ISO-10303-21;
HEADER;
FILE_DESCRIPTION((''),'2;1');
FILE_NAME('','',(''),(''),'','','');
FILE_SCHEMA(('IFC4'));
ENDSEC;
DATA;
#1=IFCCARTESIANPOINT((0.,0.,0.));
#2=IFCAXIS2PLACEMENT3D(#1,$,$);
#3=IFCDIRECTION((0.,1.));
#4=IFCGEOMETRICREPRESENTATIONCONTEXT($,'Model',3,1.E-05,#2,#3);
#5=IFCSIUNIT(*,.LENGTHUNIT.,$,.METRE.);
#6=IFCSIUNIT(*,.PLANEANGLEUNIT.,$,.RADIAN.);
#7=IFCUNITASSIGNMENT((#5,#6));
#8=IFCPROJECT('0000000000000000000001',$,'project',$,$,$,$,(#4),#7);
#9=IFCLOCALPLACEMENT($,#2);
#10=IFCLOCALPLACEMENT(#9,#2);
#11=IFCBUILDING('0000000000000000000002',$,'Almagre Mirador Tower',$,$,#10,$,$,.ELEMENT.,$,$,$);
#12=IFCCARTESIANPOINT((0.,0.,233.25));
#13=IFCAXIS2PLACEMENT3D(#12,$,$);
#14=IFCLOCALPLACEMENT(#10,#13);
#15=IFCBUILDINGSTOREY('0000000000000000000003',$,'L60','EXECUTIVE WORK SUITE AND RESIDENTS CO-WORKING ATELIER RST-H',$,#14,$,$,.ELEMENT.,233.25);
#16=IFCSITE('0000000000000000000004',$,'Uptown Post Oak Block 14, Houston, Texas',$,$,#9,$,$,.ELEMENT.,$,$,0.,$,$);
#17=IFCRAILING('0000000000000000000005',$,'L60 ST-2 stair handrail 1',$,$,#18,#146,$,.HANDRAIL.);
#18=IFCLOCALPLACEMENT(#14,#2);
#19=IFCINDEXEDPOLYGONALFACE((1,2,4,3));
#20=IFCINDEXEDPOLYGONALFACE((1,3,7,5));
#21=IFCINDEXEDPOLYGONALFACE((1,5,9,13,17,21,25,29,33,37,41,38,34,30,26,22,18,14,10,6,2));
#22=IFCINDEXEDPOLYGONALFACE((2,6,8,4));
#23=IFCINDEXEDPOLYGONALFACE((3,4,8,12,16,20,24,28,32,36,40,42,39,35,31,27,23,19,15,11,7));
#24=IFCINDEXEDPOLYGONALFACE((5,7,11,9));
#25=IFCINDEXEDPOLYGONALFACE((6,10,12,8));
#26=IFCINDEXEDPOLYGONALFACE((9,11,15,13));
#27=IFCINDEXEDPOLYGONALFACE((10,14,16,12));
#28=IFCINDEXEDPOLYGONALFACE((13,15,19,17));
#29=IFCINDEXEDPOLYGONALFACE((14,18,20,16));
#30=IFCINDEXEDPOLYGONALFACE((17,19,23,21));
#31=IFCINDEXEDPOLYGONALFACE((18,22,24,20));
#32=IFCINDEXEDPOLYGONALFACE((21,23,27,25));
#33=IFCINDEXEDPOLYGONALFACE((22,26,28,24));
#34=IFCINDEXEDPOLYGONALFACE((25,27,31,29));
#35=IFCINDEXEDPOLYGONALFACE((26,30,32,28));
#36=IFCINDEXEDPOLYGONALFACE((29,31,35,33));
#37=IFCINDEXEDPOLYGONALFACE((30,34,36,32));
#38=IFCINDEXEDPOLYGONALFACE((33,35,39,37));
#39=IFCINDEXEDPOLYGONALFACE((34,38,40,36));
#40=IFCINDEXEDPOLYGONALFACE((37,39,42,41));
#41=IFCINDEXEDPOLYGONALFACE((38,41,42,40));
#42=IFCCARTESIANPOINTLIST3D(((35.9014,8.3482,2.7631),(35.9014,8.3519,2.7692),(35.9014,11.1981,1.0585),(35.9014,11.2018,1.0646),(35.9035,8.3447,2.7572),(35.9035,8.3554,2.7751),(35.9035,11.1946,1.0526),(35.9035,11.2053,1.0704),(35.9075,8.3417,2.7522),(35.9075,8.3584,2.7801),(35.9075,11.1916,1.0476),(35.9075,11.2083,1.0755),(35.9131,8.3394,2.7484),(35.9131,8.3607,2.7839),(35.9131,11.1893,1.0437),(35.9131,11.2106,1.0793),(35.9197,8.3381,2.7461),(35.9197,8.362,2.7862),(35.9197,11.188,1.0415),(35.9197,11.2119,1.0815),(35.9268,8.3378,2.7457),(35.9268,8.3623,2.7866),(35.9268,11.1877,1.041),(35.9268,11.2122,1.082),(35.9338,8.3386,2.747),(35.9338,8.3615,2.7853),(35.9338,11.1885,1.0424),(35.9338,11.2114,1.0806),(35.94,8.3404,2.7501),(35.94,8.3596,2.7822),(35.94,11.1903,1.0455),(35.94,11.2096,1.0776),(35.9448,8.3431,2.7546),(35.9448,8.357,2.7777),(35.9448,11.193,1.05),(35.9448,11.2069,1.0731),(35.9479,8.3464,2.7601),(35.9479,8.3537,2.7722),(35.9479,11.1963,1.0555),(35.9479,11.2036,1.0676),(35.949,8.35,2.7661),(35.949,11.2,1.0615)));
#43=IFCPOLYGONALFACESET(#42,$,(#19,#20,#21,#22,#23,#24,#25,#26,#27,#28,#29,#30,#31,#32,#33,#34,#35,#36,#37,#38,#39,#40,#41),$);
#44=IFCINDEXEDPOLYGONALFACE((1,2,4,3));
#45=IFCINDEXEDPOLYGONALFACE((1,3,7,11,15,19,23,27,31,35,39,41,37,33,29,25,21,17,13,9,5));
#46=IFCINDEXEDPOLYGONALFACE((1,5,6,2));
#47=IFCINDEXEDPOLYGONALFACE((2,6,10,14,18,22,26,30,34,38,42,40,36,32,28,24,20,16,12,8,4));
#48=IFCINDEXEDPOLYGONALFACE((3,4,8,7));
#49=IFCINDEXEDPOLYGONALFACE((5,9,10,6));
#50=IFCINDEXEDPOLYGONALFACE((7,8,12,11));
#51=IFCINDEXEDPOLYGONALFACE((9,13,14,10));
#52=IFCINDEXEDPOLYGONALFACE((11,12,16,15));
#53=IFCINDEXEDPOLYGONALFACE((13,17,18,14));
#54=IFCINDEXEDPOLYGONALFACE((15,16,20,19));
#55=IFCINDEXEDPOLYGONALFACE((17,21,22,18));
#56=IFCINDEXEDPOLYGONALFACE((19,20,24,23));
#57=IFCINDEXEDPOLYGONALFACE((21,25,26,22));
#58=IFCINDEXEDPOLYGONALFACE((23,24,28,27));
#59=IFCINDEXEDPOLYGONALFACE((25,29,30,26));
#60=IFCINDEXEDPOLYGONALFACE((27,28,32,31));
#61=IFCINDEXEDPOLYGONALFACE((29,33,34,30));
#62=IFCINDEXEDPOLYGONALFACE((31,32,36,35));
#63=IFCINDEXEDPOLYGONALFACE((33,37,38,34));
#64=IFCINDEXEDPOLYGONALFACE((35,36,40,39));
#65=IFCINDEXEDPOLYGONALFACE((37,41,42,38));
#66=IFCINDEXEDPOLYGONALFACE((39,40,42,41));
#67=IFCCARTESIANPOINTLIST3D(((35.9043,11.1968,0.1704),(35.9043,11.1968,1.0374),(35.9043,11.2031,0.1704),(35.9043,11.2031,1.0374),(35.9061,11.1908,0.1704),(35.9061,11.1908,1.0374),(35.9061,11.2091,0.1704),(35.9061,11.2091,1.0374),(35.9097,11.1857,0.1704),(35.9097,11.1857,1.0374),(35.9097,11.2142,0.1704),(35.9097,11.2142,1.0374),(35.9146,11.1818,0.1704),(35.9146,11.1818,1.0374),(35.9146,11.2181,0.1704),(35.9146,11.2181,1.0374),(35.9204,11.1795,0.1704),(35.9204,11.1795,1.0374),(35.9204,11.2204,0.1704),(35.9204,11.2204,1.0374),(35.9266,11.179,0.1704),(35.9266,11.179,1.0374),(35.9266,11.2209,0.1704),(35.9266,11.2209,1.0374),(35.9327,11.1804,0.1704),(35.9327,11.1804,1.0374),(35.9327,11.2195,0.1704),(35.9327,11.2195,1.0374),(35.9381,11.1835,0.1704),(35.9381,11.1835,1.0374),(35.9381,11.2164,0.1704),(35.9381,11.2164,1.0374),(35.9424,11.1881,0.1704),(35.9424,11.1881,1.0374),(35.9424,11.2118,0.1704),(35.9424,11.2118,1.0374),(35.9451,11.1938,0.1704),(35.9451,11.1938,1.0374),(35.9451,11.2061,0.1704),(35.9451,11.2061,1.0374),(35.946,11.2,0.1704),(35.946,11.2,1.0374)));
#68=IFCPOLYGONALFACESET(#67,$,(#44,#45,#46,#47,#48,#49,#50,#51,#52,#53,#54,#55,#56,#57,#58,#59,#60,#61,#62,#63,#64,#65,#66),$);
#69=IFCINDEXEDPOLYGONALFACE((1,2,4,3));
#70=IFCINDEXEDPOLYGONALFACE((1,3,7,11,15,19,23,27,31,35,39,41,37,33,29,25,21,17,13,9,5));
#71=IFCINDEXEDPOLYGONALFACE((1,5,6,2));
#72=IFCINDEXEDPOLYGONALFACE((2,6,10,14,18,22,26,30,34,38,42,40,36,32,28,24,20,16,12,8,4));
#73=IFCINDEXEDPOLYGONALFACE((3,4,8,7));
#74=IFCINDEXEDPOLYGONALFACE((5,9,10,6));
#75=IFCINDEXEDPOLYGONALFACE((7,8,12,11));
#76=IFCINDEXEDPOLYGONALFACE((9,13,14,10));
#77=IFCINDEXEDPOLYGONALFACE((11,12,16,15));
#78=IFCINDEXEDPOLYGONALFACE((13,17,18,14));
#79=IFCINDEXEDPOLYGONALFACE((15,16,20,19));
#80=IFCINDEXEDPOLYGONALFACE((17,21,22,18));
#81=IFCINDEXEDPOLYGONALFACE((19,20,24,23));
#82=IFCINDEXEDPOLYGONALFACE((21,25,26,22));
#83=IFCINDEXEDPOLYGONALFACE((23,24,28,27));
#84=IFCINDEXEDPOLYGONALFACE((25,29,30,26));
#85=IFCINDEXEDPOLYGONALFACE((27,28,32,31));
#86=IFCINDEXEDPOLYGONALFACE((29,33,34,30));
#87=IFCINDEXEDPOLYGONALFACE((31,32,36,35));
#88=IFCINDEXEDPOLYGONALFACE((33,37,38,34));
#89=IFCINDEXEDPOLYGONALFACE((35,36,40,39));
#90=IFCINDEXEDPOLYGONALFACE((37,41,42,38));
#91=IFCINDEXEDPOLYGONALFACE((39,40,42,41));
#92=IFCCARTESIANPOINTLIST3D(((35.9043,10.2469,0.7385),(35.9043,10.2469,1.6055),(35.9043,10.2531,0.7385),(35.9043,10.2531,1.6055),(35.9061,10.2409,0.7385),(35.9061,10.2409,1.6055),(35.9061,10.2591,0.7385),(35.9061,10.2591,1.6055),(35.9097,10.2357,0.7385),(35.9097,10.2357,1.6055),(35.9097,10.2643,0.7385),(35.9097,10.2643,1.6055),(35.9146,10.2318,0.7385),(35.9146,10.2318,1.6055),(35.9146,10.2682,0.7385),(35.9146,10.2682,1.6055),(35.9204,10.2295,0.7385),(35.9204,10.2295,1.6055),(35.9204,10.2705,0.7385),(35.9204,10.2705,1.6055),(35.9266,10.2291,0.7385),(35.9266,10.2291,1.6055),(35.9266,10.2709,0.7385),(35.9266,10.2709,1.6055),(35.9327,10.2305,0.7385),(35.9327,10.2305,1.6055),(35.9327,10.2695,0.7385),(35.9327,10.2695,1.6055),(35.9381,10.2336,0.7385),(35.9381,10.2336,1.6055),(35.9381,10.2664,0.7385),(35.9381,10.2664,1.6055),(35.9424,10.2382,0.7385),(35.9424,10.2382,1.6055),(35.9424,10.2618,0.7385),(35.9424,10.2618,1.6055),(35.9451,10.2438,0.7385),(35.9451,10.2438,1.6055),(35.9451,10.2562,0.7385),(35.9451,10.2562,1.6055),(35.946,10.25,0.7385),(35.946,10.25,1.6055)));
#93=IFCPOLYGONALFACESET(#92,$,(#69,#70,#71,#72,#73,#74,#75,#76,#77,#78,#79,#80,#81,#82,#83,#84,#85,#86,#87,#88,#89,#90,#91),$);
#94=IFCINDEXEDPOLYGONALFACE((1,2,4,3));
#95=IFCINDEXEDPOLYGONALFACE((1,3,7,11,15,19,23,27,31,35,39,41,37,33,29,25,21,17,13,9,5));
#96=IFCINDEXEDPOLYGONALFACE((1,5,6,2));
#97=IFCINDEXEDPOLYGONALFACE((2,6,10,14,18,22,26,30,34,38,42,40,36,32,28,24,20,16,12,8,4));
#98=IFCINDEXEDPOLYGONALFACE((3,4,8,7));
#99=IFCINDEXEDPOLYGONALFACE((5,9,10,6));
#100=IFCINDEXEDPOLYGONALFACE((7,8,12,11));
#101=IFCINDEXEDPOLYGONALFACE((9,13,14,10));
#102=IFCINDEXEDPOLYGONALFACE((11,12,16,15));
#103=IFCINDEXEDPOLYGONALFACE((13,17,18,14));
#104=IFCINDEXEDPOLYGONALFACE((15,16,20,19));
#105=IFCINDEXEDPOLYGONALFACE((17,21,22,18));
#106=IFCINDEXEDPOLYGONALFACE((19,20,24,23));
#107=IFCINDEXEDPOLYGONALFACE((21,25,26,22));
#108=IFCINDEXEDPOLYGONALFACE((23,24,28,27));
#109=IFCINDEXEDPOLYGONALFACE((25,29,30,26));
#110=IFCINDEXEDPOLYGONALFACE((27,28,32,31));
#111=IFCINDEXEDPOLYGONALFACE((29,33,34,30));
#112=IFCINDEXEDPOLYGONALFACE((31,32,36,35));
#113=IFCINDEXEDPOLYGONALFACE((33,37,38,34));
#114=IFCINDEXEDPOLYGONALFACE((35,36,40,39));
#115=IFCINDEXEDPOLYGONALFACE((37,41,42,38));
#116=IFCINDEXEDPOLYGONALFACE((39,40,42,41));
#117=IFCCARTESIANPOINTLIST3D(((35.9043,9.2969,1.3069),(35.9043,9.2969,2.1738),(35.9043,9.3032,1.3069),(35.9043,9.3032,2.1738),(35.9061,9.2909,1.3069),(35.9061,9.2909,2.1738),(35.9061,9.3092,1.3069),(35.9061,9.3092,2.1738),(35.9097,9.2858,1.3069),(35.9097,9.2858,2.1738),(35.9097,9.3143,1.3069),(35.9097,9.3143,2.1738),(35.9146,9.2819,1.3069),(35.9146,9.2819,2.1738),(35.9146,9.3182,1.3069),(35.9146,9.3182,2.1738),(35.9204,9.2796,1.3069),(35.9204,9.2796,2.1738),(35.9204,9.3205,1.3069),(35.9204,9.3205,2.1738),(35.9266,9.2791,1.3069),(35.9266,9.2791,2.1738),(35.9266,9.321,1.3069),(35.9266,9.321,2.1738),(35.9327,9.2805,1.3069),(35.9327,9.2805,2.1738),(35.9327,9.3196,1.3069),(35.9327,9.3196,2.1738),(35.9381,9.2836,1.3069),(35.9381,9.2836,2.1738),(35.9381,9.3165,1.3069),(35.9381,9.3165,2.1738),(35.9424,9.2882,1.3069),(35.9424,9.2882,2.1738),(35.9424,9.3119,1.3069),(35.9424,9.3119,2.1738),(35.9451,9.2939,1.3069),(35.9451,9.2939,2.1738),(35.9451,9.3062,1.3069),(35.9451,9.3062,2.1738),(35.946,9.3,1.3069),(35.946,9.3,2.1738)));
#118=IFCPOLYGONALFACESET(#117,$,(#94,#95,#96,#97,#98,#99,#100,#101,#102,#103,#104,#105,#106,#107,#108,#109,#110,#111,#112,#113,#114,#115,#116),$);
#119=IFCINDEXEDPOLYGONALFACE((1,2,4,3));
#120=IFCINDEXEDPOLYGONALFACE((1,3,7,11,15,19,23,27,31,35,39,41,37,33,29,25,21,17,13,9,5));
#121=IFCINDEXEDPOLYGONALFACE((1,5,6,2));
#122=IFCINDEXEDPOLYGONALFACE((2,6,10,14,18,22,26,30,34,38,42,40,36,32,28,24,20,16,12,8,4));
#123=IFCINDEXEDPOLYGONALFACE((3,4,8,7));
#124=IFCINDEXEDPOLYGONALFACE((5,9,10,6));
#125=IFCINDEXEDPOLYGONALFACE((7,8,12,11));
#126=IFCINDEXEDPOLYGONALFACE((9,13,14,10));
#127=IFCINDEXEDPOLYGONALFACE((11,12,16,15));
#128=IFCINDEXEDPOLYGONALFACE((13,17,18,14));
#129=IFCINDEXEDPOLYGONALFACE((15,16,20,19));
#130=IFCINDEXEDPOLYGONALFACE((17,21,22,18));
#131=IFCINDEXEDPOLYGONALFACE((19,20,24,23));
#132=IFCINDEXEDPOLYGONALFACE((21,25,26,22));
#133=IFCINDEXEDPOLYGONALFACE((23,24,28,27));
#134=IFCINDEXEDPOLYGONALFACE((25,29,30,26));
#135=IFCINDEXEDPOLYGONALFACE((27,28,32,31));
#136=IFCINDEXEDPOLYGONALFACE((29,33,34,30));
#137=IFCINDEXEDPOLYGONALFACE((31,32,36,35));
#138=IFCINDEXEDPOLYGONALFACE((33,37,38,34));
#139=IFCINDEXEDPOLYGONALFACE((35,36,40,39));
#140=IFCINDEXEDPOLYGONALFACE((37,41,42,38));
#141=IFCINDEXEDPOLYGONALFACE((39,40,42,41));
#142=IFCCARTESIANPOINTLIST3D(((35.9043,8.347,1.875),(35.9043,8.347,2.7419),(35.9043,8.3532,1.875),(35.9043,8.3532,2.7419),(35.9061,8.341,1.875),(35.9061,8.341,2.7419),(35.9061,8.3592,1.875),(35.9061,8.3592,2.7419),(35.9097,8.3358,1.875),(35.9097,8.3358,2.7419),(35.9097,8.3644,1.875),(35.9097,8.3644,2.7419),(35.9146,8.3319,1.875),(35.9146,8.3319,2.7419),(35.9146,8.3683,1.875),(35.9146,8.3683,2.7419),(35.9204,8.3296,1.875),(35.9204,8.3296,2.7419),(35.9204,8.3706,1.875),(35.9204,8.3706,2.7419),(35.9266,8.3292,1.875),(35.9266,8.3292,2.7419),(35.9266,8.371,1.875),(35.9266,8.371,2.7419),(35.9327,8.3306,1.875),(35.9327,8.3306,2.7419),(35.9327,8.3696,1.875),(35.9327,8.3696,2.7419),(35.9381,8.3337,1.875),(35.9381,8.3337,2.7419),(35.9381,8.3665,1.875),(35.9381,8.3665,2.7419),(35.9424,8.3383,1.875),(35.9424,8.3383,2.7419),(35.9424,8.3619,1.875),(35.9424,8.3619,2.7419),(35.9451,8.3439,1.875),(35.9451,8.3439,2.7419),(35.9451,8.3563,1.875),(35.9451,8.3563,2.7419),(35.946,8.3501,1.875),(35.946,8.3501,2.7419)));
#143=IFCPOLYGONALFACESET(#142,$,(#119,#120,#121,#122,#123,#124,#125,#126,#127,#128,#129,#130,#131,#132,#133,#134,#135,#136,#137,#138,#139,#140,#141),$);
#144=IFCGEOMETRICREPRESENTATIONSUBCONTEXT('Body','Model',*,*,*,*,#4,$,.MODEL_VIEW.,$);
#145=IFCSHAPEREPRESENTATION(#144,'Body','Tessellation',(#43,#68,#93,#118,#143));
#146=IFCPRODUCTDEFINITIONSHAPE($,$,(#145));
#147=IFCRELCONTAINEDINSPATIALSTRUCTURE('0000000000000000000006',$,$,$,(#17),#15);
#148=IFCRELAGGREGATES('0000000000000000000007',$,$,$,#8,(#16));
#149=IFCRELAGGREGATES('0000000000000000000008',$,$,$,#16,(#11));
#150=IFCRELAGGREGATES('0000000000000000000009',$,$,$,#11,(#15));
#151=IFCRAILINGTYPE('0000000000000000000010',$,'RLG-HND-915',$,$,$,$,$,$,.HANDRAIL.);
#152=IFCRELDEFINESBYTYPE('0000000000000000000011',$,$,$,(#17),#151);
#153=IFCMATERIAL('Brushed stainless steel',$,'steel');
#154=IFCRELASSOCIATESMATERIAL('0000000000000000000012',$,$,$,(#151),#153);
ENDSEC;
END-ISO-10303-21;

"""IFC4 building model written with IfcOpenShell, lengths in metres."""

from ifc_helpers import new_model, si_unit, direction, frame, origin, origin_2d, place, context, subcontext, project, spatial, circle, extrude, material, type_object, element, save


model = new_model("IFC4")

# Units and contexts
model_context = context("Model", 3, precision=1e-05, world=origin(), true_north=direction((0.0, 1.0)))
body_context = subcontext(model_context, "Body", "Model", "MODEL_VIEW")
ifc_project = project(units=[si_unit("LENGTHUNIT", "METRE"), si_unit("PLANEANGLEUNIT", "RADIAN")], contexts=[model_context])

# Site, building, storey
site_placement = place(None, origin())
site = spatial("IfcSite", under=ifc_project, at=site_placement, Name="Uptown Post Oak Block 14, Houston, Texas", CompositionType="ELEMENT", RefElevation=0.0)
building_placement = place(site_placement, origin())
building = spatial("IfcBuilding", under=site, at=building_placement, Name="Almagre Mirador Tower", CompositionType="ELEMENT")
storey_placement = place(building_placement, frame((0.0, 0.0, 233.25)))
storey = spatial("IfcBuildingStorey", under=building, at=storey_placement, Name="L60", Description="EXECUTIVE WORK SUITE AND RESIDENTS CO-WORKING ATELIER RST-H", CompositionType="ELEMENT", Elevation=233.25)

# Railing
ifc_material_1 = material(Name="Brushed stainless steel", Category="steel")
railing_type = type_object("IfcRailingType", Name="RLG-HND-915", PredefinedType="HANDRAIL", material=ifc_material_1)
railing_1_placement = place(storey_placement, frame((35.925, 11.2, 0.1704)))
element("IfcRailing", 1, at=railing_1_placement, inside=storey, type_object=railing_type, Name="L60 ST-2 stair handrail 1", PredefinedType="HANDRAIL", context=body_context, shape_type="SweptSolid", body=[
    extrude(circle(Radius=0.0239, at=origin_2d()), frame((0.0, 0.0, 0.8911), z_axis=(0.0, -0.858199, 0.513317), x_axis=(1.0, 0.0, 0.0)), (0.0, 0.0, 1.0), 3.3208),
    extrude(circle(Radius=0.021, at=origin_2d()), origin(), (0.0, 0.0, 1.0), 0.8669),
    extrude(circle(Radius=0.021, at=origin_2d()), frame((0.0, -0.95, 0.5681)), (0.0, 0.0, 1.0), 0.8669),
    extrude(circle(Radius=0.021, at=origin_2d()), frame((0.0, -1.8999, 1.1365)), (0.0, 0.0, 1.0), 0.8669),
    extrude(circle(Radius=0.021, at=origin_2d()), frame((0.0, -2.8499, 1.7046)), (0.0, 0.0, 1.0), 0.8669),
])

save(model, "model.ifc")
